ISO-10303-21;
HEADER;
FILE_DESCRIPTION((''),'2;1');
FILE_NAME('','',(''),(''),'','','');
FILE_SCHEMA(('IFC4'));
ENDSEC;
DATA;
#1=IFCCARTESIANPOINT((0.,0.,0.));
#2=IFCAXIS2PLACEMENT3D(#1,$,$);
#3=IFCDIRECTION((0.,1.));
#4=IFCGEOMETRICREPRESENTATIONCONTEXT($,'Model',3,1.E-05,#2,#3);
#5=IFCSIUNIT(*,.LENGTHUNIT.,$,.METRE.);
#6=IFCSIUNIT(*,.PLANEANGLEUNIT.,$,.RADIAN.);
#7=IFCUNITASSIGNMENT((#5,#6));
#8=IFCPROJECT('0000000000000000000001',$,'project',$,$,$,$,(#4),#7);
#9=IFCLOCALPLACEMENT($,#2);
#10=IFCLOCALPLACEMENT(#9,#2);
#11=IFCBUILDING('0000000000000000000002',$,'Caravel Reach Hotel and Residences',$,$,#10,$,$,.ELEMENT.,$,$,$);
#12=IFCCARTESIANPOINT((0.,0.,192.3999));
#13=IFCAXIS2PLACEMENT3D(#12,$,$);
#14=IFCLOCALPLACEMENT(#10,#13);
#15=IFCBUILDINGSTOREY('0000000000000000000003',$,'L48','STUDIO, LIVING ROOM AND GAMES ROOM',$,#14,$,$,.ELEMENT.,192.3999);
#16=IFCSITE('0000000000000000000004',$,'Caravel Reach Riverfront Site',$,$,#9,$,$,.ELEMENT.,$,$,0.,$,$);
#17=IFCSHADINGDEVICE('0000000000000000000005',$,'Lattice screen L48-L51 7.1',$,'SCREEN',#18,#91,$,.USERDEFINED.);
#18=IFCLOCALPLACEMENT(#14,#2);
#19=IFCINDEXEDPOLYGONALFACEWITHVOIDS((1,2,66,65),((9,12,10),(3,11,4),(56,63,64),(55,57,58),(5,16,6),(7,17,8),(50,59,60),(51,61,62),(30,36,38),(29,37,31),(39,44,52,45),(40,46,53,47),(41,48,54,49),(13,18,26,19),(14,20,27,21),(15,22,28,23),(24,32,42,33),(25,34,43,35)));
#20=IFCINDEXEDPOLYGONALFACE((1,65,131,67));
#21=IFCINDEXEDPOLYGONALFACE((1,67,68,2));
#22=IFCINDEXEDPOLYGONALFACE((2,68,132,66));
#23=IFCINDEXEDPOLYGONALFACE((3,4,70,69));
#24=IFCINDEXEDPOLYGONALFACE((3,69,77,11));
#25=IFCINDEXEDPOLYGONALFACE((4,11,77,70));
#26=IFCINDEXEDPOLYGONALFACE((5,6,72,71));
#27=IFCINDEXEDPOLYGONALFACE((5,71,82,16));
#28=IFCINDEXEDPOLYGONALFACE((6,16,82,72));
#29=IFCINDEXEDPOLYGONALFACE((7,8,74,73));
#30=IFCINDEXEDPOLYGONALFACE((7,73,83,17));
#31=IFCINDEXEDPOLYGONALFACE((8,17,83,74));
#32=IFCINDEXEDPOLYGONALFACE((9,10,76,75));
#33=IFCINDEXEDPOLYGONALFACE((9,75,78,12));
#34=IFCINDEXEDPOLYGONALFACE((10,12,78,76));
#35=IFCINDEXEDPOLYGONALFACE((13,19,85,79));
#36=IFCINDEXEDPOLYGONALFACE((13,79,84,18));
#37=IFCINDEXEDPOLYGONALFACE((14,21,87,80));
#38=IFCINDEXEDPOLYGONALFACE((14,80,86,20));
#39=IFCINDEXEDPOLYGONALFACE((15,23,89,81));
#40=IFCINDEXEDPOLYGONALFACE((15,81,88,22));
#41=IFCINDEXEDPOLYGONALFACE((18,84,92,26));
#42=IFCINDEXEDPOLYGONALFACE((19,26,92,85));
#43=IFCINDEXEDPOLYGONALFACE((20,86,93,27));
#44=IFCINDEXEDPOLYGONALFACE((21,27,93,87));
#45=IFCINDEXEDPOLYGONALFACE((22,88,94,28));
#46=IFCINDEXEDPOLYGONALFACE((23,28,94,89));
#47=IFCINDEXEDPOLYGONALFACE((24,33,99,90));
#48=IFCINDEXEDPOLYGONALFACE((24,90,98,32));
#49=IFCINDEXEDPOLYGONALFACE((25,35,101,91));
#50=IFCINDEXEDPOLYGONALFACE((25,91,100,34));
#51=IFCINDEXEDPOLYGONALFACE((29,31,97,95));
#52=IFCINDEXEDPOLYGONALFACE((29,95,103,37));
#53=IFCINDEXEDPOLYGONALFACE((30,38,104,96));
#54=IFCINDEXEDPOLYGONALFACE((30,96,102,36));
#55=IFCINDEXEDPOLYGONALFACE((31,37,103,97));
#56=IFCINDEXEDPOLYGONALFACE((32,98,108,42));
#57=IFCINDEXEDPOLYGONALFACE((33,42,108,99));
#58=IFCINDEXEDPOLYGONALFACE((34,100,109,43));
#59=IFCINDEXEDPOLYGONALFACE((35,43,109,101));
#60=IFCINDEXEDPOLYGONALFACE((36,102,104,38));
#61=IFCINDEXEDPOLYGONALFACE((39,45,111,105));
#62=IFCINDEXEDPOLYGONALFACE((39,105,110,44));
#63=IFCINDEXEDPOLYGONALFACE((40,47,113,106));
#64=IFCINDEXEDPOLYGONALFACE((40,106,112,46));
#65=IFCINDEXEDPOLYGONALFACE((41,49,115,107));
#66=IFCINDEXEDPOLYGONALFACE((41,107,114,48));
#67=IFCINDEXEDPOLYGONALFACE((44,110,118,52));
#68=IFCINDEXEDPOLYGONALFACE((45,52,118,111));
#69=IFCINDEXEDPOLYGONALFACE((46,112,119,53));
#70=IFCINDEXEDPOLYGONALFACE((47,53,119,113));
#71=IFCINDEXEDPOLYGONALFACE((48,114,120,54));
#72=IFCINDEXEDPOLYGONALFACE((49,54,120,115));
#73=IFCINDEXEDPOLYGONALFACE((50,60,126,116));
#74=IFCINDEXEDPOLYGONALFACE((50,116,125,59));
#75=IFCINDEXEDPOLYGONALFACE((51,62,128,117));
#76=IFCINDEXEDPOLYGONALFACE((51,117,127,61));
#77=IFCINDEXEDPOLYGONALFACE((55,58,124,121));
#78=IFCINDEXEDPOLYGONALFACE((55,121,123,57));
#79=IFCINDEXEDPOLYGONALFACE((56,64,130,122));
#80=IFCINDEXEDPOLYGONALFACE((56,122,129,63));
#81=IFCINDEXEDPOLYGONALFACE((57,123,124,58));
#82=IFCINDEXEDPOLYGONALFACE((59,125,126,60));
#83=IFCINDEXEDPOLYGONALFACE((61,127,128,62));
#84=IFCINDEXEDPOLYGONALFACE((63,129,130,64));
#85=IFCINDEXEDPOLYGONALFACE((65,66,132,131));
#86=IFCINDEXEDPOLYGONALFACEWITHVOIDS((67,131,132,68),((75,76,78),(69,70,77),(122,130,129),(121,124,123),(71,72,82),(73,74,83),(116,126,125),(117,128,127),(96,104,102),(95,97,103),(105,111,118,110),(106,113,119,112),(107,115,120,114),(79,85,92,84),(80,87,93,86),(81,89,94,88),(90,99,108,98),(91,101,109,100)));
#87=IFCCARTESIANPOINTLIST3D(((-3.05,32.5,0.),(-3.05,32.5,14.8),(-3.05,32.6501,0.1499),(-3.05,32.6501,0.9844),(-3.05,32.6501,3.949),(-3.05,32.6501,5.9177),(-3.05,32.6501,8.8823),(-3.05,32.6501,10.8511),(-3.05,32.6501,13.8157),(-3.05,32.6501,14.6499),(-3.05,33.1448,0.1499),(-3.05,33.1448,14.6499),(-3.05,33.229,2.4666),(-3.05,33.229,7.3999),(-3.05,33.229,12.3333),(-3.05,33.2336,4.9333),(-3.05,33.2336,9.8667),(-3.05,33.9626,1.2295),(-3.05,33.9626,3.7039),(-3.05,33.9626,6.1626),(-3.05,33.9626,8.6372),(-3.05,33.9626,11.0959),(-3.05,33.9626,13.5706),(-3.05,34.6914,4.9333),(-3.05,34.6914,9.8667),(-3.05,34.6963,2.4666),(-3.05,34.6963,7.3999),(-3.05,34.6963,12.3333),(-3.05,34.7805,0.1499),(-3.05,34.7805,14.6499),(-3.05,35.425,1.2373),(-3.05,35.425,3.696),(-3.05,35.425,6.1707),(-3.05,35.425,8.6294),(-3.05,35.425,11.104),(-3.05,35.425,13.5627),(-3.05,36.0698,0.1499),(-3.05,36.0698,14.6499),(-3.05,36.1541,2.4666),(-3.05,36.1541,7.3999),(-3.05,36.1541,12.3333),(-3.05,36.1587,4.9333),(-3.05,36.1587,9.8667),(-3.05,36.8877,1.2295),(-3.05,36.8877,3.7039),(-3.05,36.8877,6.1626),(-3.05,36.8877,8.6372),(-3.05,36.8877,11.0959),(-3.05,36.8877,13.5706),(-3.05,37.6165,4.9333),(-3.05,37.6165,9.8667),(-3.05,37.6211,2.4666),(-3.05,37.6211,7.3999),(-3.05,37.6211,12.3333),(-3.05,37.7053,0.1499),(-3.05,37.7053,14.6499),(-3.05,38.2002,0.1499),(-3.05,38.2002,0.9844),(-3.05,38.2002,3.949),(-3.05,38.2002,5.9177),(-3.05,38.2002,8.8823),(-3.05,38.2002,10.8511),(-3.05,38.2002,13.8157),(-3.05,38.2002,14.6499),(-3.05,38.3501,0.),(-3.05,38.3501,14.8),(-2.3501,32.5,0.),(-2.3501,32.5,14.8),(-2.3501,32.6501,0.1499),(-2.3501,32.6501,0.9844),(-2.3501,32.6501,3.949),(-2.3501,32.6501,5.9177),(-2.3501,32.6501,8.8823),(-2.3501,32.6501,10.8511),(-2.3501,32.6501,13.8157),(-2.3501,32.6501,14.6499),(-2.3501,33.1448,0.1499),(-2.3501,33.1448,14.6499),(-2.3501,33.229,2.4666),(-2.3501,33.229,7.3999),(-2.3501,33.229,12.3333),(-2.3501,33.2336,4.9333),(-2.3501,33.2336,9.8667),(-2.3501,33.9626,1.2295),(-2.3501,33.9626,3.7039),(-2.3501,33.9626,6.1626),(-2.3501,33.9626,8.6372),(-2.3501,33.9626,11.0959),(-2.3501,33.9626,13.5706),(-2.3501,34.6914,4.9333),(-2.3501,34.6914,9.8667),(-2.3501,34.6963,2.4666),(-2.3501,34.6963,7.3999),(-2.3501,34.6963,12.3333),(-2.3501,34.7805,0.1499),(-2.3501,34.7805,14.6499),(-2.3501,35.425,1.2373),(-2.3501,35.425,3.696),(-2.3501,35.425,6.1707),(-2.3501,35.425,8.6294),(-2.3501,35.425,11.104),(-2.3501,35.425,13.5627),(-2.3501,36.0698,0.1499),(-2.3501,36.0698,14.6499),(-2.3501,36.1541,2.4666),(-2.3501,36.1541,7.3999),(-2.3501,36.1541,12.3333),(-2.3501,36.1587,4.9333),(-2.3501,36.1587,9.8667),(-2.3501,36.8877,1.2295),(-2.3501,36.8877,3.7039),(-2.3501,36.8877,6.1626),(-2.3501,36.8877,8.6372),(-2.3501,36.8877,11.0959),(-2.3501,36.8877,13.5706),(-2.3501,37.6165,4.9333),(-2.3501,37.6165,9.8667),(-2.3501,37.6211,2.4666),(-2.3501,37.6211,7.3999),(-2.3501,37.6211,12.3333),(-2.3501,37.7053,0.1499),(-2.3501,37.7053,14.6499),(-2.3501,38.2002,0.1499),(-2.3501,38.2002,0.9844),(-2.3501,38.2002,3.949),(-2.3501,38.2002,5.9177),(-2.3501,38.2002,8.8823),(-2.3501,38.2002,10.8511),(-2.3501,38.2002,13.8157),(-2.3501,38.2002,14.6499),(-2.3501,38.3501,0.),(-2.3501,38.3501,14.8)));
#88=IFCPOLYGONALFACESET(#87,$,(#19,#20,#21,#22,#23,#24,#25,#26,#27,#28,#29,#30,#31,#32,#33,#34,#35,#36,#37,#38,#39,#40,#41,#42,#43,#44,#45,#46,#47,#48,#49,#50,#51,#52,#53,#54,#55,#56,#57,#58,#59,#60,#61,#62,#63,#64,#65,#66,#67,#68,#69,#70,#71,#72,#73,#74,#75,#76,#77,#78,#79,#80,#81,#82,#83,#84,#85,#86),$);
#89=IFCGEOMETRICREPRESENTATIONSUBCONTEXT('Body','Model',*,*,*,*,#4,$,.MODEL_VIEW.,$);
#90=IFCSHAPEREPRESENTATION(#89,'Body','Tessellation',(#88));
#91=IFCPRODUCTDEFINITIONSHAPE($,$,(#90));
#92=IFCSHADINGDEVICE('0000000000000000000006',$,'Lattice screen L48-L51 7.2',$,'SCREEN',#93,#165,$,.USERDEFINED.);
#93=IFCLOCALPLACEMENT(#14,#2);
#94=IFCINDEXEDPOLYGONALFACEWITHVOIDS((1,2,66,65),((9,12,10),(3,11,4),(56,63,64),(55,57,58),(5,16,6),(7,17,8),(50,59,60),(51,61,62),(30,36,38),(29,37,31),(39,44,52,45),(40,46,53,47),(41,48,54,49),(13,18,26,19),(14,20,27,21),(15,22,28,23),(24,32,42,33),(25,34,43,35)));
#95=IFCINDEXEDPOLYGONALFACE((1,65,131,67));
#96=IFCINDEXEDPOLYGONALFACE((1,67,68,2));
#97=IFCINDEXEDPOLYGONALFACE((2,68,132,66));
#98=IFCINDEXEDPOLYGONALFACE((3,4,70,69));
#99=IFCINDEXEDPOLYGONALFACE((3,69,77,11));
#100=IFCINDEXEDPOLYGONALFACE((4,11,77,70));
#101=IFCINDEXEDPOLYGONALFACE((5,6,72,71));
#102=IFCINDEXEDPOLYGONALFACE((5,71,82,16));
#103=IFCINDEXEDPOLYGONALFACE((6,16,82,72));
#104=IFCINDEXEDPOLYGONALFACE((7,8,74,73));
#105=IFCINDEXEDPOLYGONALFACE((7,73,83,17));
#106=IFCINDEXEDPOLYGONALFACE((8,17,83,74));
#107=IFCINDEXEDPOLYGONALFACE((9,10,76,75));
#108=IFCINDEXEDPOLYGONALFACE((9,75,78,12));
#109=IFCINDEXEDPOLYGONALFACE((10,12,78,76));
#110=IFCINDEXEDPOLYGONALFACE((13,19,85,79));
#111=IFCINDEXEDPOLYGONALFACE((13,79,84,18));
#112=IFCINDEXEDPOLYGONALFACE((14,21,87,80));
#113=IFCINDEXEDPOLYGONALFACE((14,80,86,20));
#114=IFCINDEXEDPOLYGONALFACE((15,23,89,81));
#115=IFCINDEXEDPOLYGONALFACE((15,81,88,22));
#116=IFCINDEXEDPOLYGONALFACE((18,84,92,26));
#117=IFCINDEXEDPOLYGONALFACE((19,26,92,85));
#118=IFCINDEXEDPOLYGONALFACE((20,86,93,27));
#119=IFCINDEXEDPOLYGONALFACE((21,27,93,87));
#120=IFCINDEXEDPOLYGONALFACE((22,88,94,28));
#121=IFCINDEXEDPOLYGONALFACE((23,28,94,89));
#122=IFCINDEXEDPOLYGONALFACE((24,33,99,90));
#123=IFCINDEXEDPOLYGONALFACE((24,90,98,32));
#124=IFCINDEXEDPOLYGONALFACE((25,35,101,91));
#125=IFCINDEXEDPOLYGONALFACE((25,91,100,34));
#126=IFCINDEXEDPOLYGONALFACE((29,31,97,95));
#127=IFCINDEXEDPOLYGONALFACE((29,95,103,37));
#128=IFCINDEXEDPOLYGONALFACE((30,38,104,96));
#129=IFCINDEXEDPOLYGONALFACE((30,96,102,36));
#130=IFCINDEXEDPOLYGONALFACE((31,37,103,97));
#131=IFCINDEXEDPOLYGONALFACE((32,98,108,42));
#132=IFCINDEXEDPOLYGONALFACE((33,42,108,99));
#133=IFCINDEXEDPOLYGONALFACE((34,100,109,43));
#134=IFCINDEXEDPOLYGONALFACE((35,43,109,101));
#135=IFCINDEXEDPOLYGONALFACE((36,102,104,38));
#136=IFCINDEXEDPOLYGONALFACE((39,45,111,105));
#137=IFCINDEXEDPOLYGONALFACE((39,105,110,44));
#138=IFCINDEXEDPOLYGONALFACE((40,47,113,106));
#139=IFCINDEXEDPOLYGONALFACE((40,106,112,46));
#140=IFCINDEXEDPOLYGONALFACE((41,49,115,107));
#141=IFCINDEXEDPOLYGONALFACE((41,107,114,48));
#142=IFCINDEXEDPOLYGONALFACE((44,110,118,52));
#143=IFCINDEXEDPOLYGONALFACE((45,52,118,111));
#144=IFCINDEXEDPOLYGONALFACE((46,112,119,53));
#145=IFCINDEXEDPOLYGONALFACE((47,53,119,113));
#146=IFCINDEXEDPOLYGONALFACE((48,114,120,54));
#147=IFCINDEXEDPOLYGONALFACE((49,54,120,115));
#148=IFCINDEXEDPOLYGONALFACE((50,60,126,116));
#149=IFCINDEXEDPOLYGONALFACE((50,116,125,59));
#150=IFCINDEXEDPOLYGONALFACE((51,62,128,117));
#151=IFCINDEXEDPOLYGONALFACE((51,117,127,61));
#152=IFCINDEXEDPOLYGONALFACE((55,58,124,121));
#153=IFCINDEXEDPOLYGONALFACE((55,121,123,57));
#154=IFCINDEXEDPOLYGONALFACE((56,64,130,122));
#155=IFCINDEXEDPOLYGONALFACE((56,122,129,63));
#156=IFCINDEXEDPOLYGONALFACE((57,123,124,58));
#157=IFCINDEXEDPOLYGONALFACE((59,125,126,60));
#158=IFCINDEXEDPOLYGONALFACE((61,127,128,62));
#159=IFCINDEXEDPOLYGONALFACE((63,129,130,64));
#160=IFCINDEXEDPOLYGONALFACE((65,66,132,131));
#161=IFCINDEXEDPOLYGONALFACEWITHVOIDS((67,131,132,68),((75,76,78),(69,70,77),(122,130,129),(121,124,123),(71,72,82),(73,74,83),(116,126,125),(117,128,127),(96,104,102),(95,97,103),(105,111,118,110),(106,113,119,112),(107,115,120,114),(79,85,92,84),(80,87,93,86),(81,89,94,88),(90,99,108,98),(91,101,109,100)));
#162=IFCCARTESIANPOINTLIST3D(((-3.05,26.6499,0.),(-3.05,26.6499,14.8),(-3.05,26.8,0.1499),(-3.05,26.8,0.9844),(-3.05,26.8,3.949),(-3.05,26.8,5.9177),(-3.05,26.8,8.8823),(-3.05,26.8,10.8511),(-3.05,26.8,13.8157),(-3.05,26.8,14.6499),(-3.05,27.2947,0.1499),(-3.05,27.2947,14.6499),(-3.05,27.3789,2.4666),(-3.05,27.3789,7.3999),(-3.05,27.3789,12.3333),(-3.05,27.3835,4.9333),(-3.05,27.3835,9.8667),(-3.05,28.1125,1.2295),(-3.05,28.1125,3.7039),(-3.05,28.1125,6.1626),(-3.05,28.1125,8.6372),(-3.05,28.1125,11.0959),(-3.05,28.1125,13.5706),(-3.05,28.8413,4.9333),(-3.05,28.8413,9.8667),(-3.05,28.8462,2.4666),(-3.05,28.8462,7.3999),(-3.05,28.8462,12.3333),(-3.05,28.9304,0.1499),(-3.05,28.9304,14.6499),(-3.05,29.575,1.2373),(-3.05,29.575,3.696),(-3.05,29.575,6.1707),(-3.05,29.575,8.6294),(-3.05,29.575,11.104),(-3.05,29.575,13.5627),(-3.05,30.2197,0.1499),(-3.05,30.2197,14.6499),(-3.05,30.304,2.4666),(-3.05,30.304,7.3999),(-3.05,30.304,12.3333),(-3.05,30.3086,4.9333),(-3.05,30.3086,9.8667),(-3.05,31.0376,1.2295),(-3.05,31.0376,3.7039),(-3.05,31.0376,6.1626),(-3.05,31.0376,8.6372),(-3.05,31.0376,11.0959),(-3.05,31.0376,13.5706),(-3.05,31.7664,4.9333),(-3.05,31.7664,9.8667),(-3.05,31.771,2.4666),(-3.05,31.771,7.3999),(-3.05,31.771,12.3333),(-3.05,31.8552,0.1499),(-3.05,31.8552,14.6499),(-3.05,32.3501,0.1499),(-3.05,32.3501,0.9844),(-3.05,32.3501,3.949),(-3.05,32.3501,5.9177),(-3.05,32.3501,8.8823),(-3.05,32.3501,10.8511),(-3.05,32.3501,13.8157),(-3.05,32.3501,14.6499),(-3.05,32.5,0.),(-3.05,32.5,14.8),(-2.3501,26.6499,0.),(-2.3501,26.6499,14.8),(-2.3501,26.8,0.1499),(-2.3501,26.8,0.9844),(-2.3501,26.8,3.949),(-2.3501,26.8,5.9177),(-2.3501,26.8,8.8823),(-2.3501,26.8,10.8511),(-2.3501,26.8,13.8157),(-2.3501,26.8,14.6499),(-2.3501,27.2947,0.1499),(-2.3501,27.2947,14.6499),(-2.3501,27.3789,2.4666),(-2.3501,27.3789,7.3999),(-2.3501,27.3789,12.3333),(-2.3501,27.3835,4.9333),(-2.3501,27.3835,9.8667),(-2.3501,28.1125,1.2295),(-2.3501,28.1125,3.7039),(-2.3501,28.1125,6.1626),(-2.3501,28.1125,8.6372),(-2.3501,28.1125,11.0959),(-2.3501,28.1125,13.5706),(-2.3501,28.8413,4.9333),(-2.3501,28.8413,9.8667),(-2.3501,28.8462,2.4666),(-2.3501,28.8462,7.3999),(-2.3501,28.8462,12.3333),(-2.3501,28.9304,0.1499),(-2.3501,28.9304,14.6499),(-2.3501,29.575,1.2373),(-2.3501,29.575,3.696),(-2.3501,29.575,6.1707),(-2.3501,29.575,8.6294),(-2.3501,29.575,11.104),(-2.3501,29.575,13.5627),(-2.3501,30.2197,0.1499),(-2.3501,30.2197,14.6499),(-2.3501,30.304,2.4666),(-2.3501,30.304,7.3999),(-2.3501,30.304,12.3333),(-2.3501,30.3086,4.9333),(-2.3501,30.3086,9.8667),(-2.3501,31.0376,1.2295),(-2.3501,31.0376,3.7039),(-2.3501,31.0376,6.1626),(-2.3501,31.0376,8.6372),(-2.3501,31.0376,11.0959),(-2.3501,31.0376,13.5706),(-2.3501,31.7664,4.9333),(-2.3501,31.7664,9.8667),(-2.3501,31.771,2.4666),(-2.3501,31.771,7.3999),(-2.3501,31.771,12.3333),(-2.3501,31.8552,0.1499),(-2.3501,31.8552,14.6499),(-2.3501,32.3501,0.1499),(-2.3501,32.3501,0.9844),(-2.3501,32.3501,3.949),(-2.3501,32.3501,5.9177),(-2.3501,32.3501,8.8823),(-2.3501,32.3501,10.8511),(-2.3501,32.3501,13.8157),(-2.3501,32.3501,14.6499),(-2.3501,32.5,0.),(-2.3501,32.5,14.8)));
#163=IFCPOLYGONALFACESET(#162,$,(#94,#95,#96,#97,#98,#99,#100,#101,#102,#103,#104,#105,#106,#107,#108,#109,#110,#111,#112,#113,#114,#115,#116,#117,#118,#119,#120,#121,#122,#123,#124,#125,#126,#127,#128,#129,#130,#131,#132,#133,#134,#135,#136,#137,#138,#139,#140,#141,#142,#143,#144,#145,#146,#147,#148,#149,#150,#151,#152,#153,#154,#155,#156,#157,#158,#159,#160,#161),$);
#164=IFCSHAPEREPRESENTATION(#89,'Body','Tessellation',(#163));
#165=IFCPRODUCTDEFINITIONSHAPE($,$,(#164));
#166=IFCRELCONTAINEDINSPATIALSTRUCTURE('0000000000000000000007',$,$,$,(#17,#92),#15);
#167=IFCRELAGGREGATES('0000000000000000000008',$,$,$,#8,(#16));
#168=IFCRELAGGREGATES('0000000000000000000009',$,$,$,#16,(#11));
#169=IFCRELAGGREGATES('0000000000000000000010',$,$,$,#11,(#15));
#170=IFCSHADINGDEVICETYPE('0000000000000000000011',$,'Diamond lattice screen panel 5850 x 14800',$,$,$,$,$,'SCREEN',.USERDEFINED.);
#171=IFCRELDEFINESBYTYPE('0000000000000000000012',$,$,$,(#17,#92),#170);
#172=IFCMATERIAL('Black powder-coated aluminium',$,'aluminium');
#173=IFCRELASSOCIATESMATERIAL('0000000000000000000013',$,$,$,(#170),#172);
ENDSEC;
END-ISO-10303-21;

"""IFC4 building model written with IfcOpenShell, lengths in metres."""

from ifc_helpers import new_model, si_unit, direction, frame, origin, place, context, subcontext, project, spatial, polyline, outline, extrude, material, type_object, element, save


model = new_model("IFC4")

# Units and contexts
model_context = context("Model", 3, precision=1e-05, world=origin(), true_north=direction((0.0, 1.0)))
body_context = subcontext(model_context, "Body", "Model", "MODEL_VIEW")
ifc_project = project(units=[si_unit("LENGTHUNIT", "METRE"), si_unit("PLANEANGLEUNIT", "RADIAN")], contexts=[model_context])

# Site, building, storey
site_placement = place(None, origin())
site = spatial("IfcSite", under=ifc_project, at=site_placement, Name="Caravel Reach Riverfront Site", CompositionType="ELEMENT", RefElevation=0.0)
building_placement = place(site_placement, origin())
building = spatial("IfcBuilding", under=site, at=building_placement, Name="Caravel Reach Hotel and Residences", CompositionType="ELEMENT")
storey_placement = place(building_placement, frame((0.0, 0.0, 192.3999)))
storey = spatial("IfcBuildingStorey", under=building, at=storey_placement, Name="L48", Description="STUDIO, LIVING ROOM AND GAMES ROOM", CompositionType="ELEMENT", Elevation=192.3999)

# Shading devices
ifc_material_1 = material(Name="Black powder-coated aluminium", Category="aluminium")
shading_device_type_1 = type_object("IfcShadingDeviceType", Name="Diamond lattice screen panel 5850 x 14800", ElementType="SCREEN", PredefinedType="USERDEFINED", material=ifc_material_1)
shading_device_1_placement = place(storey_placement, frame((-2.3501, 38.3501, 0.0), z_axis=(-1.0, 0.0, 0.0), x_axis=(0.0, -1.0, 0.0)))
element("IfcShadingDevice", 1, at=shading_device_1_placement, inside=storey, type_object=shading_device_type_1, Name="Lattice screen L48-L51 7.1", ObjectType="SCREEN", PredefinedType="USERDEFINED", context=body_context, shape_type="SweptSolid", body=[
    extrude(outline(polyline([(0.0, 0.0), (5.8501, 0.0), (5.8501, 14.8), (0.0, 14.8), (0.0, 0.0)]), holes=[polyline([(0.6448, 0.1499), (0.1499, 0.9844), (0.1499, 0.1499), (0.6448, 0.1499)]), polyline([(0.7336, 4.9333), (0.1499, 5.9177), (0.1499, 3.949), (0.7336, 4.9333)]), polyline([(0.7336, 9.8667), (0.1499, 10.8511), (0.1499, 8.8823), (0.7336, 9.8667)]), polyline([(0.1499, 13.8157), (0.6448, 14.6499), (0.1499, 14.6499), (0.1499, 13.8157)]), polyline([(1.4624, 3.7039), (0.729, 2.4666), (1.4624, 1.2295), (2.196, 2.4666), (1.4624, 3.7039)]), polyline([(1.4624, 8.6372), (0.729, 7.3999), (1.4624, 6.1626), (2.196, 7.3999), (1.4624, 8.6372)]), polyline([(1.4624, 13.5706), (0.729, 12.3333), (1.4624, 11.0959), (2.196, 12.3333), (1.4624, 13.5706)]), polyline([(2.925, 1.2373), (2.2803, 0.1499), (3.5696, 0.1499), (2.925, 1.2373)]), polyline([(2.925, 6.1707), (2.1914, 4.9333), (2.925, 3.696), (3.6587, 4.9333), (2.925, 6.1707)]), polyline([(2.925, 11.104), (2.1914, 9.8667), (2.925, 8.6294), (3.6587, 9.8667), (2.925, 11.104)]), polyline([(2.925, 13.5627), (3.5696, 14.6499), (2.2803, 14.6499), (2.925, 13.5627)]), polyline([(4.3875, 3.7039), (3.6538, 2.4666), (4.3875, 1.2295), (5.1211, 2.4666), (4.3875, 3.7039)]), polyline([(4.3875, 8.6372), (3.6538, 7.3999), (4.3875, 6.1626), (5.1211, 7.3999), (4.3875, 8.6372)]), polyline([(4.3875, 13.5706), (3.6538, 12.3333), (4.3875, 11.0959), (5.1211, 12.3333), (4.3875, 13.5706)]), polyline([(5.7, 0.9844), (5.2053, 0.1499), (5.7, 0.1499), (5.7, 0.9844)]), polyline([(5.1165, 4.9333), (5.7, 3.949), (5.7, 5.9177), (5.1165, 4.9333)]), polyline([(5.1165, 9.8667), (5.7, 8.8823), (5.7, 10.8511), (5.1165, 9.8667)]), polyline([(5.2053, 14.6499), (5.7, 13.8157), (5.7, 14.6499), (5.2053, 14.6499)])]), origin(), (0.0, 0.0, 1.0), 0.7),
])
shading_device_2_placement = place(storey_placement, frame((-2.3501, 32.5, 0.0), z_axis=(-1.0, 0.0, 0.0), x_axis=(0.0, -1.0, 0.0)))
element("IfcShadingDevice", 2, at=shading_device_2_placement, inside=storey, type_object=shading_device_type_1, Name="Lattice screen L48-L51 7.2", ObjectType="SCREEN", PredefinedType="USERDEFINED", context=body_context, shape_type="SweptSolid", body=[
    extrude(outline(polyline([(0.0, 0.0), (5.8501, 0.0), (5.8501, 14.8), (0.0, 14.8), (0.0, 0.0)]), holes=[polyline([(0.6448, 0.1499), (0.1499, 0.9844), (0.1499, 0.1499), (0.6448, 0.1499)]), polyline([(0.7336, 4.9333), (0.1499, 5.9177), (0.1499, 3.949), (0.7336, 4.9333)]), polyline([(0.7336, 9.8667), (0.1499, 10.8511), (0.1499, 8.8823), (0.7336, 9.8667)]), polyline([(0.1499, 13.8157), (0.6448, 14.6499), (0.1499, 14.6499), (0.1499, 13.8157)]), polyline([(1.4624, 3.7039), (0.729, 2.4666), (1.4624, 1.2295), (2.196, 2.4666), (1.4624, 3.7039)]), polyline([(1.4624, 8.6372), (0.729, 7.3999), (1.4624, 6.1626), (2.196, 7.3999), (1.4624, 8.6372)]), polyline([(1.4624, 13.5706), (0.729, 12.3333), (1.4624, 11.0959), (2.196, 12.3333), (1.4624, 13.5706)]), polyline([(2.925, 1.2373), (2.2803, 0.1499), (3.5696, 0.1499), (2.925, 1.2373)]), polyline([(2.925, 6.1707), (2.1914, 4.9333), (2.925, 3.696), (3.6587, 4.9333), (2.925, 6.1707)]), polyline([(2.925, 11.104), (2.1914, 9.8667), (2.925, 8.6294), (3.6587, 9.8667), (2.925, 11.104)]), polyline([(2.925, 13.5627), (3.5696, 14.6499), (2.2803, 14.6499), (2.925, 13.5627)]), polyline([(4.3875, 3.7039), (3.6538, 2.4666), (4.3875, 1.2295), (5.1211, 2.4666), (4.3875, 3.7039)]), polyline([(4.3875, 8.6372), (3.6538, 7.3999), (4.3875, 6.1626), (5.1211, 7.3999), (4.3875, 8.6372)]), polyline([(4.3875, 13.5706), (3.6538, 12.3333), (4.3875, 11.0959), (5.1211, 12.3333), (4.3875, 13.5706)]), polyline([(5.7, 0.9844), (5.2053, 0.1499), (5.7, 0.1499), (5.7, 0.9844)]), polyline([(5.1165, 4.9333), (5.7, 3.949), (5.7, 5.9177), (5.1165, 4.9333)]), polyline([(5.1165, 9.8667), (5.7, 8.8823), (5.7, 10.8511), (5.1165, 9.8667)]), polyline([(5.2053, 14.6499), (5.7, 13.8157), (5.7, 14.6499), (5.2053, 14.6499)])]), origin(), (0.0, 0.0, 1.0), 0.7),
])

save(model, "model.ifc")
